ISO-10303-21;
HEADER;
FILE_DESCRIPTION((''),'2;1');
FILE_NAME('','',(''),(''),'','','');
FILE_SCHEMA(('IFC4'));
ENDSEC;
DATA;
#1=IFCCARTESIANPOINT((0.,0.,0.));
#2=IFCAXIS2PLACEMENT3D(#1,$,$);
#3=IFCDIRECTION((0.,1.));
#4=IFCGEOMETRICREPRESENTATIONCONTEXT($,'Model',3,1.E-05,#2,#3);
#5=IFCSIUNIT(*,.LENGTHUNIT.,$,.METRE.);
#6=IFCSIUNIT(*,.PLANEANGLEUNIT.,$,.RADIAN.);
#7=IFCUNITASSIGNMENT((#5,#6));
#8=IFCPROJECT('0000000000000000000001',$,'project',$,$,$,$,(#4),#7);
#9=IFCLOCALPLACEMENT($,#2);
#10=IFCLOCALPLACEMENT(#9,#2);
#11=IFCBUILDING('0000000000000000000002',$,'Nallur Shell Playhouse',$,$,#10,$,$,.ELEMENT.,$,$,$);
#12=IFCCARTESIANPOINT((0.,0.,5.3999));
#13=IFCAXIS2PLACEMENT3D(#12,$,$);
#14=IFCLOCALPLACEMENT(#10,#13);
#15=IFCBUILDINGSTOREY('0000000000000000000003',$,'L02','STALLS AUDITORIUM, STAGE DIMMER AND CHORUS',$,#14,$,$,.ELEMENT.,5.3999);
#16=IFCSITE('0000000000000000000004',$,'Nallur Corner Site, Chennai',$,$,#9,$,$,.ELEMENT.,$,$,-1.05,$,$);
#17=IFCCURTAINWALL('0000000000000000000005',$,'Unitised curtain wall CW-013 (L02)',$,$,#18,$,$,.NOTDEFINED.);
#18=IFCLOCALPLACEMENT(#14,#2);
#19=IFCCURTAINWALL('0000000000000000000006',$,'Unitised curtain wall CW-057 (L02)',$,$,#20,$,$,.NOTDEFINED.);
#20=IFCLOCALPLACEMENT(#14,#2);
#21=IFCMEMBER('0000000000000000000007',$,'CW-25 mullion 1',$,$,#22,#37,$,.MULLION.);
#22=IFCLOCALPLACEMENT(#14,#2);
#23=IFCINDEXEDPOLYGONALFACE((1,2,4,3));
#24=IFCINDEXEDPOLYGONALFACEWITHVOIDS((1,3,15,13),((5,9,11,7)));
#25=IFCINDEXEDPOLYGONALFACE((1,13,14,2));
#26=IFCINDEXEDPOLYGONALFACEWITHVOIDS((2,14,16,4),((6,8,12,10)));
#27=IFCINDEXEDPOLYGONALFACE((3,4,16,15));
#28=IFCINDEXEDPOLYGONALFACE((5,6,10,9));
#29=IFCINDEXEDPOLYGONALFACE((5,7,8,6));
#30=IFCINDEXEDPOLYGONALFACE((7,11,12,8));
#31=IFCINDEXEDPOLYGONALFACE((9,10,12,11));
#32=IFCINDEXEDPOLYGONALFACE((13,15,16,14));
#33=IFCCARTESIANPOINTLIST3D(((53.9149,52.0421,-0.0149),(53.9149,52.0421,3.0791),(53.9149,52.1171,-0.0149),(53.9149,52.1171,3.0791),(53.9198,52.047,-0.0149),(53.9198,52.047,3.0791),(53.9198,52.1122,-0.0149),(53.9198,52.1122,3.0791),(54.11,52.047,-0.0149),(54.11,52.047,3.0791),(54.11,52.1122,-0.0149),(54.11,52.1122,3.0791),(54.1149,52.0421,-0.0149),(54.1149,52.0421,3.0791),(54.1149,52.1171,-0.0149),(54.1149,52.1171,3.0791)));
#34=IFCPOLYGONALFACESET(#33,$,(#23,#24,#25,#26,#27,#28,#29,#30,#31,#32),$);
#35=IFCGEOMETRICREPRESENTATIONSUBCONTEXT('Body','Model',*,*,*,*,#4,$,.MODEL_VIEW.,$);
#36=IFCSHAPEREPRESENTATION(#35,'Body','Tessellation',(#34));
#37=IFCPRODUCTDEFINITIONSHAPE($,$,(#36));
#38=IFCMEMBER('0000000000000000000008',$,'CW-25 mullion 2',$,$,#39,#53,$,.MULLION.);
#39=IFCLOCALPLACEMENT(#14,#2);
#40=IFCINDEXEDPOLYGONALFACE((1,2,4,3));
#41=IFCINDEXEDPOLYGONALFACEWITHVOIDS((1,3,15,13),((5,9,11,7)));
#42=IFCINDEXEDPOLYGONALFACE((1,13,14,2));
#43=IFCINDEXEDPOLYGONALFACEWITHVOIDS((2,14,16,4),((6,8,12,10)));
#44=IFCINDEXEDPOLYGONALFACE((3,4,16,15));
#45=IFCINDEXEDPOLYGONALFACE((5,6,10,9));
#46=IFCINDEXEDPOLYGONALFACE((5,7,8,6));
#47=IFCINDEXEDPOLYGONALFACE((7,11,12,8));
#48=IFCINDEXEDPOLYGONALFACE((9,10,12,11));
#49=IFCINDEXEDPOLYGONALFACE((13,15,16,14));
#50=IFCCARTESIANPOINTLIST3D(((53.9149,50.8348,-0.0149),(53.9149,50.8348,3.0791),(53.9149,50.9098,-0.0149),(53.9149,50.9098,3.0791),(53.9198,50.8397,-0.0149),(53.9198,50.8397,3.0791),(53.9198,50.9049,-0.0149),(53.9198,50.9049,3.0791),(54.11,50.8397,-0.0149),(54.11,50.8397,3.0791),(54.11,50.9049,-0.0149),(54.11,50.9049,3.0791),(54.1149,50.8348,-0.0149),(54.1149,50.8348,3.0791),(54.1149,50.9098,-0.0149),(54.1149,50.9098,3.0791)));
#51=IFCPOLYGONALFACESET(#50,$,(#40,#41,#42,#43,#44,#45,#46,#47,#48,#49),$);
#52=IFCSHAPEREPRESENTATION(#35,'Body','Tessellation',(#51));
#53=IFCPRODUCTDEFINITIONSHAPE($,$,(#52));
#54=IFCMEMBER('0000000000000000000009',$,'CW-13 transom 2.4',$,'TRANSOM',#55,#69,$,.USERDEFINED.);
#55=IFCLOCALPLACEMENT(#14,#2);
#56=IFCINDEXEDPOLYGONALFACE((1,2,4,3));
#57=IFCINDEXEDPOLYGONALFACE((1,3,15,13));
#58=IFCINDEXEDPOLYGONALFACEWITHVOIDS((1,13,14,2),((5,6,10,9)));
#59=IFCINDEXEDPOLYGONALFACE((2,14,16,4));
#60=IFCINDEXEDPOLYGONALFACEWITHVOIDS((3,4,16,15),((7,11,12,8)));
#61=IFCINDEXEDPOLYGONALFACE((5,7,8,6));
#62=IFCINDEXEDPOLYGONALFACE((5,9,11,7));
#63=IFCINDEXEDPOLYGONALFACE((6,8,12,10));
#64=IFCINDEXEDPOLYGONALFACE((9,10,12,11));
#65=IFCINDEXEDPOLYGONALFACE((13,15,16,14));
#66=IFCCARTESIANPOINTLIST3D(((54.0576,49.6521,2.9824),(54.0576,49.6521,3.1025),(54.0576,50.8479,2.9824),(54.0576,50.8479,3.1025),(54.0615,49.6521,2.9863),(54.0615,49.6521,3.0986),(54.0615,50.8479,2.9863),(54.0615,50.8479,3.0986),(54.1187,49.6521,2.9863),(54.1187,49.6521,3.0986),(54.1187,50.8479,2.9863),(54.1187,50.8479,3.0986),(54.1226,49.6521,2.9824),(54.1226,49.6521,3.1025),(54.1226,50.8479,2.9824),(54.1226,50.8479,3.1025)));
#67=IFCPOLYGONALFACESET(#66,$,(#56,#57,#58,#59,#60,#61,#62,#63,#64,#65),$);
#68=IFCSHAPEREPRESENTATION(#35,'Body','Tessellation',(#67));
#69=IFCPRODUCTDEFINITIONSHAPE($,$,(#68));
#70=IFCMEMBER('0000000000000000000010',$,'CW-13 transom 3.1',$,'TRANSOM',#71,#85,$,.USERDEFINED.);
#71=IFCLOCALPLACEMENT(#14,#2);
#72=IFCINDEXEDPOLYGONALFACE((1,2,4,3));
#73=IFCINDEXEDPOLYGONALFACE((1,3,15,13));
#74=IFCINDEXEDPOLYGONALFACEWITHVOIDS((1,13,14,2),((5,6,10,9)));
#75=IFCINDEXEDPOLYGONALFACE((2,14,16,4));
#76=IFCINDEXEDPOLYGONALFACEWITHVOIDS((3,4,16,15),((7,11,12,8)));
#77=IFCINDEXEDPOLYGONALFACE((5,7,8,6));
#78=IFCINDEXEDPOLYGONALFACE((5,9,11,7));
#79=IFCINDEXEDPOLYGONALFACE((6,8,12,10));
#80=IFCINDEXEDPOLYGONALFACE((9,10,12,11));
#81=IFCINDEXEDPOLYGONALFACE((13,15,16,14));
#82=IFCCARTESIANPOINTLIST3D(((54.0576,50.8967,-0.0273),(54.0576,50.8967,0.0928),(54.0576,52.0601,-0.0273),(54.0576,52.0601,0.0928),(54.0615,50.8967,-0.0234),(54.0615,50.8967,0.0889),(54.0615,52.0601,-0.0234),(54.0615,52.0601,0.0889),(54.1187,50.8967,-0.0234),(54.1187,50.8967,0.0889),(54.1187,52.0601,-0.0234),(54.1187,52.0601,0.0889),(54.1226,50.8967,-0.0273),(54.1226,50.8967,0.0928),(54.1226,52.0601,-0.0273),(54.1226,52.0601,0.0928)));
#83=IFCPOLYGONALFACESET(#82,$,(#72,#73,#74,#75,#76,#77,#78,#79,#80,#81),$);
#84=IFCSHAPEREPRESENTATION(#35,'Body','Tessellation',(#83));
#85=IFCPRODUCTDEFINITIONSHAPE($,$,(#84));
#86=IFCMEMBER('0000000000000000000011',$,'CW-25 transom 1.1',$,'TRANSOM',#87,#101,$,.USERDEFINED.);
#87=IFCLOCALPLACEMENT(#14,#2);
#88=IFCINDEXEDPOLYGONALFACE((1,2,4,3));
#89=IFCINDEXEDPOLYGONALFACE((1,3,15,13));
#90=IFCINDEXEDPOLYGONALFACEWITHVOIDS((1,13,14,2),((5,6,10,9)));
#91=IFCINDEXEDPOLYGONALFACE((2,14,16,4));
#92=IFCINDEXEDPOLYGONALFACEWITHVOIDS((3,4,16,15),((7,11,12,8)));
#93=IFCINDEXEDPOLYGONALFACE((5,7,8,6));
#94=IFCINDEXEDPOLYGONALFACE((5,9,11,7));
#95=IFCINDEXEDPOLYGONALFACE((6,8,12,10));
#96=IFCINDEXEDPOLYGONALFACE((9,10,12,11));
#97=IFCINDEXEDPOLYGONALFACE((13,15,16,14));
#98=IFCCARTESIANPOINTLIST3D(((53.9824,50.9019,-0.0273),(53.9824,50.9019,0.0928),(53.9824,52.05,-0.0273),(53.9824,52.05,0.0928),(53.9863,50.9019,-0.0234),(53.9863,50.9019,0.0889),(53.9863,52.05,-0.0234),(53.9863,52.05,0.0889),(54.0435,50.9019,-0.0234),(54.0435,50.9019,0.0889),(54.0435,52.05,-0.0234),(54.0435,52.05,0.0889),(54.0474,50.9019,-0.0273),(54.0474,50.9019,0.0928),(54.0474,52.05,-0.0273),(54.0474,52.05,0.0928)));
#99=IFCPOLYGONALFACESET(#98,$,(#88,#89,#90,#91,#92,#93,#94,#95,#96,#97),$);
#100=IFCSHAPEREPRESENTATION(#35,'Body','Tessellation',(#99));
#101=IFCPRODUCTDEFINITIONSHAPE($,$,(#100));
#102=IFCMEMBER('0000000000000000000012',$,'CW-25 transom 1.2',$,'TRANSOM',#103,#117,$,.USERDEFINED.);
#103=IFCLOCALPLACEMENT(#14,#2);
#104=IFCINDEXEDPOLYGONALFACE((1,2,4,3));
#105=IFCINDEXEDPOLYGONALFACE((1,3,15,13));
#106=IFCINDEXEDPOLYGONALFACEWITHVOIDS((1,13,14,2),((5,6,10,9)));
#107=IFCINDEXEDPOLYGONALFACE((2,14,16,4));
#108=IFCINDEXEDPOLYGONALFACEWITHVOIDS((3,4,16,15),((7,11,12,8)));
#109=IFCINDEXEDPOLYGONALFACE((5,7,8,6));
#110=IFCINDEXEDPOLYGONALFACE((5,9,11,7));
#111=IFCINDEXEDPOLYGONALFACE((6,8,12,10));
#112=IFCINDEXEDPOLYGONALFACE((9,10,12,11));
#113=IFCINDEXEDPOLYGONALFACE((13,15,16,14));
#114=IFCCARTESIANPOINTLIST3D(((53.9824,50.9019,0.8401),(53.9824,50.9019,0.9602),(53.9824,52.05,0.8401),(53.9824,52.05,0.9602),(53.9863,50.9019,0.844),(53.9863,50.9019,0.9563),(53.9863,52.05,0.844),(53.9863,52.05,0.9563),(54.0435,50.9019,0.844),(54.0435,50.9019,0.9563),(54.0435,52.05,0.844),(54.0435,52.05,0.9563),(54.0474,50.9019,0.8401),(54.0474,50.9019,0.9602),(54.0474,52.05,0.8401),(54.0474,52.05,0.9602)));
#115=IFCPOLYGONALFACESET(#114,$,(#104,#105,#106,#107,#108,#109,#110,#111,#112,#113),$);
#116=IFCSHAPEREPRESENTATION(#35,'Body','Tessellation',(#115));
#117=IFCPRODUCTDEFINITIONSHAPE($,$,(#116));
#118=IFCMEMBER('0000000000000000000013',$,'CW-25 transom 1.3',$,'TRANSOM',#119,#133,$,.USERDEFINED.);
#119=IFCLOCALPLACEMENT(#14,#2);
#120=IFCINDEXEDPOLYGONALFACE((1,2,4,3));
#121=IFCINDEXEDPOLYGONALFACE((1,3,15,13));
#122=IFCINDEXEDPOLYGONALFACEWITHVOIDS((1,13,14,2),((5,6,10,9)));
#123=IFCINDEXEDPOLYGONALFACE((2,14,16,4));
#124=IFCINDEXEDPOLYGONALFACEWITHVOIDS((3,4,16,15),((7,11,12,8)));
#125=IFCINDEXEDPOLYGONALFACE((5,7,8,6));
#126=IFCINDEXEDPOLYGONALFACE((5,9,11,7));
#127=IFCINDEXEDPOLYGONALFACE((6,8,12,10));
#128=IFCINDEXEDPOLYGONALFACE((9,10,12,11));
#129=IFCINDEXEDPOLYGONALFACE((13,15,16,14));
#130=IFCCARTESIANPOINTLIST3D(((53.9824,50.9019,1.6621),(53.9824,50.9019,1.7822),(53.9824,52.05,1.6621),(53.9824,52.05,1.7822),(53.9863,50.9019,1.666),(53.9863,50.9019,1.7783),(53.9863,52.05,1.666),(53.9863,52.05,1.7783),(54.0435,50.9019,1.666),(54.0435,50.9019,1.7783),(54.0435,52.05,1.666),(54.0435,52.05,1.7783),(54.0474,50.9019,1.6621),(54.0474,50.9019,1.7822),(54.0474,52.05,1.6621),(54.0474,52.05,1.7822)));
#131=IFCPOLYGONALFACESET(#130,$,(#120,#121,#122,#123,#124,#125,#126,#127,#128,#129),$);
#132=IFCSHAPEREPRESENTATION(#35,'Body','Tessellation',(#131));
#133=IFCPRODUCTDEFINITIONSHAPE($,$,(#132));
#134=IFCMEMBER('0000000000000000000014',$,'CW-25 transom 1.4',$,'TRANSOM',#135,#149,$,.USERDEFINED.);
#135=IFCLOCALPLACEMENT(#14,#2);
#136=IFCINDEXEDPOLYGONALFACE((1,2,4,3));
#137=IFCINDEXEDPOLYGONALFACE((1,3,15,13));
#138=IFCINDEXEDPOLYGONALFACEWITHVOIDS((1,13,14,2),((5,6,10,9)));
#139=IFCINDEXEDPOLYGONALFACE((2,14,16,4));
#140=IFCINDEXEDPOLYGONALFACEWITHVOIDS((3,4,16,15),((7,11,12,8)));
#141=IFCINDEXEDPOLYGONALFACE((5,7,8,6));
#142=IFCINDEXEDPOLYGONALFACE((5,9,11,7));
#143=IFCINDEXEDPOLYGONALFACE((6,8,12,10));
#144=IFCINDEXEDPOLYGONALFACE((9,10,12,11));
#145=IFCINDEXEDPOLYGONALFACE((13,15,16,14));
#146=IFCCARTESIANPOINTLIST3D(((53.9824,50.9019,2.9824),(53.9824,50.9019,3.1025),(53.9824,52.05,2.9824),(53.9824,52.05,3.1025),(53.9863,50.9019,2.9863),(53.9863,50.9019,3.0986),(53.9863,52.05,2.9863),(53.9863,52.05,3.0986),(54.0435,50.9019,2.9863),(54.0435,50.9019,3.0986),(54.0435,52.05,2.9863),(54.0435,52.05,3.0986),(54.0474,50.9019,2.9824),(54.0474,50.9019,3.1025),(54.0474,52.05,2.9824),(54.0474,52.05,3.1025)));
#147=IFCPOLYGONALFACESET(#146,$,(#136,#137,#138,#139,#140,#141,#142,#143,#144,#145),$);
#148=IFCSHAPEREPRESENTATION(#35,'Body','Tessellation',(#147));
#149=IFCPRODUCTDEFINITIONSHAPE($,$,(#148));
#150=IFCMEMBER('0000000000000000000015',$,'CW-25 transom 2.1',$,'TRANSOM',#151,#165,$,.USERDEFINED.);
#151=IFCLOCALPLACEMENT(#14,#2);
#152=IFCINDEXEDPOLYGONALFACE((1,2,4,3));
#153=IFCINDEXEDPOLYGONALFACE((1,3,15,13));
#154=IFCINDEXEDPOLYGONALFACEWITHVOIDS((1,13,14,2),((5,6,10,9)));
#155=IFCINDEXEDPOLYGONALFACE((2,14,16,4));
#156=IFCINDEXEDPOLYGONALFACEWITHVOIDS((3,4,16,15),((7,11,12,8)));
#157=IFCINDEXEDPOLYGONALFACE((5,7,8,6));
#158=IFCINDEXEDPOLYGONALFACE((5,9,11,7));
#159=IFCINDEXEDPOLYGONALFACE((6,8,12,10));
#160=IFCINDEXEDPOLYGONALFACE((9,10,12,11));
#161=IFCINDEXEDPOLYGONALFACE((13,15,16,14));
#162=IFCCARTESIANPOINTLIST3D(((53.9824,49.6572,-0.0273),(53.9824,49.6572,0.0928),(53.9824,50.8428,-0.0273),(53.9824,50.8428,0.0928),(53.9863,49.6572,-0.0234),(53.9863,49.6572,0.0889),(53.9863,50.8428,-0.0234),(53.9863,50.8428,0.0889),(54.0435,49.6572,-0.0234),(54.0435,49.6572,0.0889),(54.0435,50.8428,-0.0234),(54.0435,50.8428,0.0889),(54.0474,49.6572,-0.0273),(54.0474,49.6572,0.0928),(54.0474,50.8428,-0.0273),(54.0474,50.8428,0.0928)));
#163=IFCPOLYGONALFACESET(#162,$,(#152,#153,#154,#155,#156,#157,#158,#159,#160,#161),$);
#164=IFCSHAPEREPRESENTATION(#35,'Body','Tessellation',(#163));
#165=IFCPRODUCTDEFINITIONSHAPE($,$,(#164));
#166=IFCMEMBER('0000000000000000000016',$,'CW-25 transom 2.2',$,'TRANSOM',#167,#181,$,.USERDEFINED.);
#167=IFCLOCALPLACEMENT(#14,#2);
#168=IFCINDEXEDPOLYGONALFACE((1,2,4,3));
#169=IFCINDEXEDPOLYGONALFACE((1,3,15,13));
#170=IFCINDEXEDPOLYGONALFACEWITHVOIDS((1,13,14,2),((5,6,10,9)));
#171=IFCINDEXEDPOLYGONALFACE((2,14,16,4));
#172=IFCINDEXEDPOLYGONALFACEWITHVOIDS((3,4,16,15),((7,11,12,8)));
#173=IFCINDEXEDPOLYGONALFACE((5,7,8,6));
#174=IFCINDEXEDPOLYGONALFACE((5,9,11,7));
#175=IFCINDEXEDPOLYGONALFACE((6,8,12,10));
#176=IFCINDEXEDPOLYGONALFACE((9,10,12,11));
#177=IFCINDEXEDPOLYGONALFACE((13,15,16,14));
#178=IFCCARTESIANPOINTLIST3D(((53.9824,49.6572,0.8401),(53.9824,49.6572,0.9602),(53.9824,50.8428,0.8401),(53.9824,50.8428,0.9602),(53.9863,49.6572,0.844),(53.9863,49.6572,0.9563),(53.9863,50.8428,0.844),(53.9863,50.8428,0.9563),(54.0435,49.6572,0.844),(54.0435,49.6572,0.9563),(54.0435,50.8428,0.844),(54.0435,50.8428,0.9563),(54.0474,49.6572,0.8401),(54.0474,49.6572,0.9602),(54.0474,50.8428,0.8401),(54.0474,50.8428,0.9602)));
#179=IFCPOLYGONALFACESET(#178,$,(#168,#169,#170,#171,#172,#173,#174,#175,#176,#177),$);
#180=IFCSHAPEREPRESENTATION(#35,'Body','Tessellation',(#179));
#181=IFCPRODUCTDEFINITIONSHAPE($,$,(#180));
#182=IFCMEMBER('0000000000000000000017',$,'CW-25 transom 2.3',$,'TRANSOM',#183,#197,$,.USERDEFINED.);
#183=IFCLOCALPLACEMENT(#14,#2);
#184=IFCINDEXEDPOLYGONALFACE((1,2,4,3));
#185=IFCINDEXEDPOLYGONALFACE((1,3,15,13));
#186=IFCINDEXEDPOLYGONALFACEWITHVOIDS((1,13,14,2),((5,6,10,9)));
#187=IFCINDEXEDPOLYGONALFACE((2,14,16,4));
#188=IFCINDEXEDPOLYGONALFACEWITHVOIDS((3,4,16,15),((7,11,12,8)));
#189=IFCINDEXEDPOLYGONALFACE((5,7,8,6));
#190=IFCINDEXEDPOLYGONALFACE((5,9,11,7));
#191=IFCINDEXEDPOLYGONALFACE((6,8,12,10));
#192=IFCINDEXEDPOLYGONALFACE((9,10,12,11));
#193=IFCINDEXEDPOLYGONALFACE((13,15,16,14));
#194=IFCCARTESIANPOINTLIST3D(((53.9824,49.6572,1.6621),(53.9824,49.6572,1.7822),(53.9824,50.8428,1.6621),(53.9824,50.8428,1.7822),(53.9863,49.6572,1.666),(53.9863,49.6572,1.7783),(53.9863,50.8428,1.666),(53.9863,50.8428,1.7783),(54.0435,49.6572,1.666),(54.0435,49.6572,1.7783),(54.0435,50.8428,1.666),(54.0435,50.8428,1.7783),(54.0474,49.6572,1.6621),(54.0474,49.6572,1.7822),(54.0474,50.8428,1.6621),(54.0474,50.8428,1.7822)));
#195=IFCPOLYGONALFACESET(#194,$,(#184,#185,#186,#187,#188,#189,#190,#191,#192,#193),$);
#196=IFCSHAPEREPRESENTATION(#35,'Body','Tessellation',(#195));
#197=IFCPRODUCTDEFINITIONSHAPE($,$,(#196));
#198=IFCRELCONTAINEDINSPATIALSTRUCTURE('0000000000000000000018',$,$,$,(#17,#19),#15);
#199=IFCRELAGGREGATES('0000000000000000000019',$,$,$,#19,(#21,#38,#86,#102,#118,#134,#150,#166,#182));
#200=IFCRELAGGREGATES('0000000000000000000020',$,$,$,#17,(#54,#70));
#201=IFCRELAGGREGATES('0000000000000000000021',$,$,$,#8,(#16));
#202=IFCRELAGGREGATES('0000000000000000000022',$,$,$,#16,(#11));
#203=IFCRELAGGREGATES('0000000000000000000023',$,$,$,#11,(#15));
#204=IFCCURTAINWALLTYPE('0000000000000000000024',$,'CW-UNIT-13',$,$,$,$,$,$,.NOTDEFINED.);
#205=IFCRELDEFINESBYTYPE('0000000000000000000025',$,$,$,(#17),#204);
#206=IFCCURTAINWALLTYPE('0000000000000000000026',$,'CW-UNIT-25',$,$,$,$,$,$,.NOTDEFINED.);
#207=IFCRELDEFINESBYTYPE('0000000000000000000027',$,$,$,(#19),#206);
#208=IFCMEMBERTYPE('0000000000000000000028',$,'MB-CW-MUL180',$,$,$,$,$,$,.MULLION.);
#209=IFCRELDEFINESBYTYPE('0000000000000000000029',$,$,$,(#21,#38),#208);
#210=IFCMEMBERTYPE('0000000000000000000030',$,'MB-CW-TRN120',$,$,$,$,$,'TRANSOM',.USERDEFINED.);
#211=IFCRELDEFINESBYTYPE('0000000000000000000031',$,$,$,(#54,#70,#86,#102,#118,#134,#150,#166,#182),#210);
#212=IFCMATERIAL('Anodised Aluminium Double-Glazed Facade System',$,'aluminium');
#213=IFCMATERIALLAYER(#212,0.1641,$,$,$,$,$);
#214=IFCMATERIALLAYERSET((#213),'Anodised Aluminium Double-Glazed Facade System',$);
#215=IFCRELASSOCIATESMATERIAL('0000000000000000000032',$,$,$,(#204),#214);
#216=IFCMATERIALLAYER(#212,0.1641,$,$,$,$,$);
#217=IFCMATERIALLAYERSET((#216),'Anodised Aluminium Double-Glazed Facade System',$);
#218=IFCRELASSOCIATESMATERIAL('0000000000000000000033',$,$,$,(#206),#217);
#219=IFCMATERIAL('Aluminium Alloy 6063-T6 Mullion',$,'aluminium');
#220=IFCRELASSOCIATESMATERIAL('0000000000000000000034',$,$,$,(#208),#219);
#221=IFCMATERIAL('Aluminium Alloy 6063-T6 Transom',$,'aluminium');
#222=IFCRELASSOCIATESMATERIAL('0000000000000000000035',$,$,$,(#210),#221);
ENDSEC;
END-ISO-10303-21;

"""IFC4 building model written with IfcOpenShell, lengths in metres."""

from ifc_helpers import new_model, si_unit, direction, frame, origin, origin_2d, place, context, subcontext, project, spatial, hollow_rectangle, extrude, material, layer, layer_set, material_profile, profile_set, type_object, element, aggregate, save


model = new_model("IFC4")

# Units and contexts
model_context = context("Model", 3, precision=1e-05, world=origin(), true_north=direction((0.0, 1.0)))
body_context = subcontext(model_context, "Body", "Model", "MODEL_VIEW")
ifc_project = project(units=[si_unit("LENGTHUNIT", "METRE"), si_unit("PLANEANGLEUNIT", "RADIAN")], contexts=[model_context])

# Site, building, storey
site_placement = place(None, origin())
site = spatial("IfcSite", under=ifc_project, at=site_placement, Name="Nallur Corner Site, Chennai", CompositionType="ELEMENT", RefElevation=-1.05)
building_placement = place(site_placement, origin())
building = spatial("IfcBuilding", under=site, at=building_placement, Name="Nallur Shell Playhouse", CompositionType="ELEMENT")
storey_placement = place(building_placement, frame((0.0, 0.0, 5.3999)))
storey = spatial("IfcBuildingStorey", under=building, at=storey_placement, Name="L02", Description="STALLS AUDITORIUM, STAGE DIMMER AND CHORUS", CompositionType="ELEMENT", Elevation=5.3999)

# Curtain wall
ifc_material_1 = material(Name="Anodised Aluminium Double-Glazed Facade System", Category="aluminium")
ifc_material_2 = material(Name="Aluminium Alloy 6063-T6 Mullion", Category="aluminium")
ifc_layer_1 = layer(ifc_material_1, 0.1641)
ifc_layer_set_1 = layer_set([ifc_layer_1], Name="Anodised Aluminium Double-Glazed Facade System")
curtain_wall_type_1 = type_object("IfcCurtainWallType", Name="CW-UNIT-13", PredefinedType="NOTDEFINED", material=ifc_layer_set_1)
curtain_wall_1_placement = place(storey_placement, origin())
curtain_wall_1 = element("IfcCurtainWall", 1, at=curtain_wall_1_placement, inside=storey, type_object=curtain_wall_type_1, Name="Unitised curtain wall CW-013 (L02)", PredefinedType="NOTDEFINED")

# Curtain wall, members
ifc_layer_2 = layer(ifc_material_1, 0.1641)
ifc_layer_set_2 = layer_set([ifc_layer_2], Name="Anodised Aluminium Double-Glazed Facade System")
curtain_wall_type_2 = type_object("IfcCurtainWallType", Name="CW-UNIT-25", PredefinedType="NOTDEFINED", material=ifc_layer_set_2)
curtain_wall_2_placement = place(storey_placement, origin())
curtain_wall_2 = element("IfcCurtainWall", 2, at=curtain_wall_2_placement, inside=storey, type_object=curtain_wall_type_2, Name="Unitised curtain wall CW-057 (L02)", PredefinedType="NOTDEFINED")
ifc_material_profile_1 = material_profile(ifc_material_2, hollow_rectangle(XDim=0.075, YDim=0.2, WallThickness=0.0049, at=origin_2d()), Name="ALU 75x200x5")
ifc_profile_set_1 = profile_set([ifc_material_profile_1], Name="Aluminium Alloy 6063-T6 Mullion")
member_type_1 = type_object("IfcMemberType", Name="MB-CW-MUL180", PredefinedType="MULLION", material=ifc_profile_set_1)
member_1_placement = place(storey_placement, frame((54.0149, 52.0796, -0.0149), z_axis=(0.0, 0.0, 1.0), x_axis=(0.0, -1.0, 0.0)))
member_1 = element("IfcMember", 3, at=member_1_placement, type_object=member_type_1, Name="CW-25 mullion 1", PredefinedType="MULLION", context=body_context, shape_type="SweptSolid", body=[
    extrude(hollow_rectangle(XDim=0.075, YDim=0.2, WallThickness=0.0049, at=origin_2d()), origin(), (0.0, 0.0, 1.0), 3.094),
])
member_2_placement = place(storey_placement, frame((54.0149, 50.8723, -0.0149), z_axis=(0.0, 0.0, 1.0), x_axis=(0.0, -1.0, 0.0)))
member_2 = element("IfcMember", 4, at=member_2_placement, type_object=member_type_1, Name="CW-25 mullion 2", PredefinedType="MULLION", context=body_context, shape_type="SweptSolid", body=[
    extrude(hollow_rectangle(XDim=0.075, YDim=0.2, WallThickness=0.0049, at=origin_2d()), origin(), (0.0, 0.0, 1.0), 3.094),
])

# Members
ifc_material_3 = material(Name="Aluminium Alloy 6063-T6 Transom", Category="aluminium")
ifc_material_profile_2 = material_profile(ifc_material_3, hollow_rectangle(XDim=0.0649, YDim=0.1201, WallThickness=0.0039, at=origin_2d()), Name="ALU 65x120x4")
ifc_profile_set_2 = profile_set([ifc_material_profile_2], Name="Aluminium Alloy 6063-T6 Transom")
member_type_2 = type_object("IfcMemberType", Name="MB-CW-TRN120", ElementType="TRANSOM", PredefinedType="USERDEFINED", material=ifc_profile_set_2)
member_3_placement = place(storey_placement, frame((54.0901, 49.6521, 3.0425), z_axis=(0.0, 1.0, 0.0), x_axis=(-1.0, 0.0, 0.0)))
member_3 = element("IfcMember", 5, at=member_3_placement, type_object=member_type_2, Name="CW-13 transom 2.4", ObjectType="TRANSOM", PredefinedType="USERDEFINED", context=body_context, shape_type="SweptSolid", body=[
    extrude(hollow_rectangle(XDim=0.0649, YDim=0.1201, WallThickness=0.0039, at=origin_2d()), origin(), (0.0, 0.0, 1.0), 1.1958),
])
member_4_placement = place(storey_placement, frame((54.0901, 50.8967, 0.0327), z_axis=(0.0, 1.0, 0.0), x_axis=(-1.0, 0.0, 0.0)))
member_4 = element("IfcMember", 6, at=member_4_placement, type_object=member_type_2, Name="CW-13 transom 3.1", ObjectType="TRANSOM", PredefinedType="USERDEFINED", context=body_context, shape_type="SweptSolid", body=[
    extrude(hollow_rectangle(XDim=0.0649, YDim=0.1201, WallThickness=0.0039, at=origin_2d()), origin(), (0.0, 0.0, 1.0), 1.1633),
])
member_5_placement = place(storey_placement, frame((54.0149, 52.05, 0.0327), z_axis=(0.0, -1.0, 0.0), x_axis=(1.0, 0.0, 0.0)))
member_5 = element("IfcMember", 7, at=member_5_placement, type_object=member_type_2, Name="CW-25 transom 1.1", ObjectType="TRANSOM", PredefinedType="USERDEFINED", context=body_context, shape_type="SweptSolid", body=[
    extrude(hollow_rectangle(XDim=0.0649, YDim=0.1201, WallThickness=0.0039, at=origin_2d()), origin(), (0.0, 0.0, 1.0), 1.1482),
])
member_6_placement = place(storey_placement, frame((54.0149, 52.05, 0.9001), z_axis=(0.0, -1.0, 0.0), x_axis=(1.0, 0.0, 0.0)))
member_6 = element("IfcMember", 8, at=member_6_placement, type_object=member_type_2, Name="CW-25 transom 1.2", ObjectType="TRANSOM", PredefinedType="USERDEFINED", context=body_context, shape_type="SweptSolid", body=[
    extrude(hollow_rectangle(XDim=0.0649, YDim=0.1201, WallThickness=0.0039, at=origin_2d()), origin(), (0.0, 0.0, 1.0), 1.1482),
])
member_7_placement = place(storey_placement, frame((54.0149, 52.05, 1.7222), z_axis=(0.0, -1.0, 0.0), x_axis=(1.0, 0.0, 0.0)))
member_7 = element("IfcMember", 9, at=member_7_placement, type_object=member_type_2, Name="CW-25 transom 1.3", ObjectType="TRANSOM", PredefinedType="USERDEFINED", context=body_context, shape_type="SweptSolid", body=[
    extrude(hollow_rectangle(XDim=0.0649, YDim=0.1201, WallThickness=0.0039, at=origin_2d()), origin(), (0.0, 0.0, 1.0), 1.1482),
])
member_8_placement = place(storey_placement, frame((54.0149, 52.05, 3.0425), z_axis=(0.0, -1.0, 0.0), x_axis=(1.0, 0.0, 0.0)))
member_8 = element("IfcMember", 10, at=member_8_placement, type_object=member_type_2, Name="CW-25 transom 1.4", ObjectType="TRANSOM", PredefinedType="USERDEFINED", context=body_context, shape_type="SweptSolid", body=[
    extrude(hollow_rectangle(XDim=0.0649, YDim=0.1201, WallThickness=0.0039, at=origin_2d()), origin(), (0.0, 0.0, 1.0), 1.1482),
])
member_9_placement = place(storey_placement, frame((54.0149, 50.8428, 0.0327), z_axis=(0.0, -1.0, 0.0), x_axis=(1.0, 0.0, 0.0)))
member_9 = element("IfcMember", 11, at=member_9_placement, type_object=member_type_2, Name="CW-25 transom 2.1", ObjectType="TRANSOM", PredefinedType="USERDEFINED", context=body_context, shape_type="SweptSolid", body=[
    extrude(hollow_rectangle(XDim=0.0649, YDim=0.1201, WallThickness=0.0039, at=origin_2d()), origin(), (0.0, 0.0, 1.0), 1.1855),
])
member_10_placement = place(storey_placement, frame((54.0149, 50.8428, 0.9001), z_axis=(0.0, -1.0, 0.0), x_axis=(1.0, 0.0, 0.0)))
member_10 = element("IfcMember", 12, at=member_10_placement, type_object=member_type_2, Name="CW-25 transom 2.2", ObjectType="TRANSOM", PredefinedType="USERDEFINED", context=body_context, shape_type="SweptSolid", body=[
    extrude(hollow_rectangle(XDim=0.0649, YDim=0.1201, WallThickness=0.0039, at=origin_2d()), origin(), (0.0, 0.0, 1.0), 1.1855),
])
member_11_placement = place(storey_placement, frame((54.0149, 50.8428, 1.7222), z_axis=(0.0, -1.0, 0.0), x_axis=(1.0, 0.0, 0.0)))
member_11 = element("IfcMember", 13, at=member_11_placement, type_object=member_type_2, Name="CW-25 transom 2.3", ObjectType="TRANSOM", PredefinedType="USERDEFINED", context=body_context, shape_type="SweptSolid", body=[
    extrude(hollow_rectangle(XDim=0.0649, YDim=0.1201, WallThickness=0.0039, at=origin_2d()), origin(), (0.0, 0.0, 1.0), 1.1855),
])

aggregate(curtain_wall_2, [member_1, member_2, member_5, member_6, member_7, member_8, member_9, member_10, member_11])
aggregate(curtain_wall_1, [member_3, member_4])

save(model, "model.ifc")
